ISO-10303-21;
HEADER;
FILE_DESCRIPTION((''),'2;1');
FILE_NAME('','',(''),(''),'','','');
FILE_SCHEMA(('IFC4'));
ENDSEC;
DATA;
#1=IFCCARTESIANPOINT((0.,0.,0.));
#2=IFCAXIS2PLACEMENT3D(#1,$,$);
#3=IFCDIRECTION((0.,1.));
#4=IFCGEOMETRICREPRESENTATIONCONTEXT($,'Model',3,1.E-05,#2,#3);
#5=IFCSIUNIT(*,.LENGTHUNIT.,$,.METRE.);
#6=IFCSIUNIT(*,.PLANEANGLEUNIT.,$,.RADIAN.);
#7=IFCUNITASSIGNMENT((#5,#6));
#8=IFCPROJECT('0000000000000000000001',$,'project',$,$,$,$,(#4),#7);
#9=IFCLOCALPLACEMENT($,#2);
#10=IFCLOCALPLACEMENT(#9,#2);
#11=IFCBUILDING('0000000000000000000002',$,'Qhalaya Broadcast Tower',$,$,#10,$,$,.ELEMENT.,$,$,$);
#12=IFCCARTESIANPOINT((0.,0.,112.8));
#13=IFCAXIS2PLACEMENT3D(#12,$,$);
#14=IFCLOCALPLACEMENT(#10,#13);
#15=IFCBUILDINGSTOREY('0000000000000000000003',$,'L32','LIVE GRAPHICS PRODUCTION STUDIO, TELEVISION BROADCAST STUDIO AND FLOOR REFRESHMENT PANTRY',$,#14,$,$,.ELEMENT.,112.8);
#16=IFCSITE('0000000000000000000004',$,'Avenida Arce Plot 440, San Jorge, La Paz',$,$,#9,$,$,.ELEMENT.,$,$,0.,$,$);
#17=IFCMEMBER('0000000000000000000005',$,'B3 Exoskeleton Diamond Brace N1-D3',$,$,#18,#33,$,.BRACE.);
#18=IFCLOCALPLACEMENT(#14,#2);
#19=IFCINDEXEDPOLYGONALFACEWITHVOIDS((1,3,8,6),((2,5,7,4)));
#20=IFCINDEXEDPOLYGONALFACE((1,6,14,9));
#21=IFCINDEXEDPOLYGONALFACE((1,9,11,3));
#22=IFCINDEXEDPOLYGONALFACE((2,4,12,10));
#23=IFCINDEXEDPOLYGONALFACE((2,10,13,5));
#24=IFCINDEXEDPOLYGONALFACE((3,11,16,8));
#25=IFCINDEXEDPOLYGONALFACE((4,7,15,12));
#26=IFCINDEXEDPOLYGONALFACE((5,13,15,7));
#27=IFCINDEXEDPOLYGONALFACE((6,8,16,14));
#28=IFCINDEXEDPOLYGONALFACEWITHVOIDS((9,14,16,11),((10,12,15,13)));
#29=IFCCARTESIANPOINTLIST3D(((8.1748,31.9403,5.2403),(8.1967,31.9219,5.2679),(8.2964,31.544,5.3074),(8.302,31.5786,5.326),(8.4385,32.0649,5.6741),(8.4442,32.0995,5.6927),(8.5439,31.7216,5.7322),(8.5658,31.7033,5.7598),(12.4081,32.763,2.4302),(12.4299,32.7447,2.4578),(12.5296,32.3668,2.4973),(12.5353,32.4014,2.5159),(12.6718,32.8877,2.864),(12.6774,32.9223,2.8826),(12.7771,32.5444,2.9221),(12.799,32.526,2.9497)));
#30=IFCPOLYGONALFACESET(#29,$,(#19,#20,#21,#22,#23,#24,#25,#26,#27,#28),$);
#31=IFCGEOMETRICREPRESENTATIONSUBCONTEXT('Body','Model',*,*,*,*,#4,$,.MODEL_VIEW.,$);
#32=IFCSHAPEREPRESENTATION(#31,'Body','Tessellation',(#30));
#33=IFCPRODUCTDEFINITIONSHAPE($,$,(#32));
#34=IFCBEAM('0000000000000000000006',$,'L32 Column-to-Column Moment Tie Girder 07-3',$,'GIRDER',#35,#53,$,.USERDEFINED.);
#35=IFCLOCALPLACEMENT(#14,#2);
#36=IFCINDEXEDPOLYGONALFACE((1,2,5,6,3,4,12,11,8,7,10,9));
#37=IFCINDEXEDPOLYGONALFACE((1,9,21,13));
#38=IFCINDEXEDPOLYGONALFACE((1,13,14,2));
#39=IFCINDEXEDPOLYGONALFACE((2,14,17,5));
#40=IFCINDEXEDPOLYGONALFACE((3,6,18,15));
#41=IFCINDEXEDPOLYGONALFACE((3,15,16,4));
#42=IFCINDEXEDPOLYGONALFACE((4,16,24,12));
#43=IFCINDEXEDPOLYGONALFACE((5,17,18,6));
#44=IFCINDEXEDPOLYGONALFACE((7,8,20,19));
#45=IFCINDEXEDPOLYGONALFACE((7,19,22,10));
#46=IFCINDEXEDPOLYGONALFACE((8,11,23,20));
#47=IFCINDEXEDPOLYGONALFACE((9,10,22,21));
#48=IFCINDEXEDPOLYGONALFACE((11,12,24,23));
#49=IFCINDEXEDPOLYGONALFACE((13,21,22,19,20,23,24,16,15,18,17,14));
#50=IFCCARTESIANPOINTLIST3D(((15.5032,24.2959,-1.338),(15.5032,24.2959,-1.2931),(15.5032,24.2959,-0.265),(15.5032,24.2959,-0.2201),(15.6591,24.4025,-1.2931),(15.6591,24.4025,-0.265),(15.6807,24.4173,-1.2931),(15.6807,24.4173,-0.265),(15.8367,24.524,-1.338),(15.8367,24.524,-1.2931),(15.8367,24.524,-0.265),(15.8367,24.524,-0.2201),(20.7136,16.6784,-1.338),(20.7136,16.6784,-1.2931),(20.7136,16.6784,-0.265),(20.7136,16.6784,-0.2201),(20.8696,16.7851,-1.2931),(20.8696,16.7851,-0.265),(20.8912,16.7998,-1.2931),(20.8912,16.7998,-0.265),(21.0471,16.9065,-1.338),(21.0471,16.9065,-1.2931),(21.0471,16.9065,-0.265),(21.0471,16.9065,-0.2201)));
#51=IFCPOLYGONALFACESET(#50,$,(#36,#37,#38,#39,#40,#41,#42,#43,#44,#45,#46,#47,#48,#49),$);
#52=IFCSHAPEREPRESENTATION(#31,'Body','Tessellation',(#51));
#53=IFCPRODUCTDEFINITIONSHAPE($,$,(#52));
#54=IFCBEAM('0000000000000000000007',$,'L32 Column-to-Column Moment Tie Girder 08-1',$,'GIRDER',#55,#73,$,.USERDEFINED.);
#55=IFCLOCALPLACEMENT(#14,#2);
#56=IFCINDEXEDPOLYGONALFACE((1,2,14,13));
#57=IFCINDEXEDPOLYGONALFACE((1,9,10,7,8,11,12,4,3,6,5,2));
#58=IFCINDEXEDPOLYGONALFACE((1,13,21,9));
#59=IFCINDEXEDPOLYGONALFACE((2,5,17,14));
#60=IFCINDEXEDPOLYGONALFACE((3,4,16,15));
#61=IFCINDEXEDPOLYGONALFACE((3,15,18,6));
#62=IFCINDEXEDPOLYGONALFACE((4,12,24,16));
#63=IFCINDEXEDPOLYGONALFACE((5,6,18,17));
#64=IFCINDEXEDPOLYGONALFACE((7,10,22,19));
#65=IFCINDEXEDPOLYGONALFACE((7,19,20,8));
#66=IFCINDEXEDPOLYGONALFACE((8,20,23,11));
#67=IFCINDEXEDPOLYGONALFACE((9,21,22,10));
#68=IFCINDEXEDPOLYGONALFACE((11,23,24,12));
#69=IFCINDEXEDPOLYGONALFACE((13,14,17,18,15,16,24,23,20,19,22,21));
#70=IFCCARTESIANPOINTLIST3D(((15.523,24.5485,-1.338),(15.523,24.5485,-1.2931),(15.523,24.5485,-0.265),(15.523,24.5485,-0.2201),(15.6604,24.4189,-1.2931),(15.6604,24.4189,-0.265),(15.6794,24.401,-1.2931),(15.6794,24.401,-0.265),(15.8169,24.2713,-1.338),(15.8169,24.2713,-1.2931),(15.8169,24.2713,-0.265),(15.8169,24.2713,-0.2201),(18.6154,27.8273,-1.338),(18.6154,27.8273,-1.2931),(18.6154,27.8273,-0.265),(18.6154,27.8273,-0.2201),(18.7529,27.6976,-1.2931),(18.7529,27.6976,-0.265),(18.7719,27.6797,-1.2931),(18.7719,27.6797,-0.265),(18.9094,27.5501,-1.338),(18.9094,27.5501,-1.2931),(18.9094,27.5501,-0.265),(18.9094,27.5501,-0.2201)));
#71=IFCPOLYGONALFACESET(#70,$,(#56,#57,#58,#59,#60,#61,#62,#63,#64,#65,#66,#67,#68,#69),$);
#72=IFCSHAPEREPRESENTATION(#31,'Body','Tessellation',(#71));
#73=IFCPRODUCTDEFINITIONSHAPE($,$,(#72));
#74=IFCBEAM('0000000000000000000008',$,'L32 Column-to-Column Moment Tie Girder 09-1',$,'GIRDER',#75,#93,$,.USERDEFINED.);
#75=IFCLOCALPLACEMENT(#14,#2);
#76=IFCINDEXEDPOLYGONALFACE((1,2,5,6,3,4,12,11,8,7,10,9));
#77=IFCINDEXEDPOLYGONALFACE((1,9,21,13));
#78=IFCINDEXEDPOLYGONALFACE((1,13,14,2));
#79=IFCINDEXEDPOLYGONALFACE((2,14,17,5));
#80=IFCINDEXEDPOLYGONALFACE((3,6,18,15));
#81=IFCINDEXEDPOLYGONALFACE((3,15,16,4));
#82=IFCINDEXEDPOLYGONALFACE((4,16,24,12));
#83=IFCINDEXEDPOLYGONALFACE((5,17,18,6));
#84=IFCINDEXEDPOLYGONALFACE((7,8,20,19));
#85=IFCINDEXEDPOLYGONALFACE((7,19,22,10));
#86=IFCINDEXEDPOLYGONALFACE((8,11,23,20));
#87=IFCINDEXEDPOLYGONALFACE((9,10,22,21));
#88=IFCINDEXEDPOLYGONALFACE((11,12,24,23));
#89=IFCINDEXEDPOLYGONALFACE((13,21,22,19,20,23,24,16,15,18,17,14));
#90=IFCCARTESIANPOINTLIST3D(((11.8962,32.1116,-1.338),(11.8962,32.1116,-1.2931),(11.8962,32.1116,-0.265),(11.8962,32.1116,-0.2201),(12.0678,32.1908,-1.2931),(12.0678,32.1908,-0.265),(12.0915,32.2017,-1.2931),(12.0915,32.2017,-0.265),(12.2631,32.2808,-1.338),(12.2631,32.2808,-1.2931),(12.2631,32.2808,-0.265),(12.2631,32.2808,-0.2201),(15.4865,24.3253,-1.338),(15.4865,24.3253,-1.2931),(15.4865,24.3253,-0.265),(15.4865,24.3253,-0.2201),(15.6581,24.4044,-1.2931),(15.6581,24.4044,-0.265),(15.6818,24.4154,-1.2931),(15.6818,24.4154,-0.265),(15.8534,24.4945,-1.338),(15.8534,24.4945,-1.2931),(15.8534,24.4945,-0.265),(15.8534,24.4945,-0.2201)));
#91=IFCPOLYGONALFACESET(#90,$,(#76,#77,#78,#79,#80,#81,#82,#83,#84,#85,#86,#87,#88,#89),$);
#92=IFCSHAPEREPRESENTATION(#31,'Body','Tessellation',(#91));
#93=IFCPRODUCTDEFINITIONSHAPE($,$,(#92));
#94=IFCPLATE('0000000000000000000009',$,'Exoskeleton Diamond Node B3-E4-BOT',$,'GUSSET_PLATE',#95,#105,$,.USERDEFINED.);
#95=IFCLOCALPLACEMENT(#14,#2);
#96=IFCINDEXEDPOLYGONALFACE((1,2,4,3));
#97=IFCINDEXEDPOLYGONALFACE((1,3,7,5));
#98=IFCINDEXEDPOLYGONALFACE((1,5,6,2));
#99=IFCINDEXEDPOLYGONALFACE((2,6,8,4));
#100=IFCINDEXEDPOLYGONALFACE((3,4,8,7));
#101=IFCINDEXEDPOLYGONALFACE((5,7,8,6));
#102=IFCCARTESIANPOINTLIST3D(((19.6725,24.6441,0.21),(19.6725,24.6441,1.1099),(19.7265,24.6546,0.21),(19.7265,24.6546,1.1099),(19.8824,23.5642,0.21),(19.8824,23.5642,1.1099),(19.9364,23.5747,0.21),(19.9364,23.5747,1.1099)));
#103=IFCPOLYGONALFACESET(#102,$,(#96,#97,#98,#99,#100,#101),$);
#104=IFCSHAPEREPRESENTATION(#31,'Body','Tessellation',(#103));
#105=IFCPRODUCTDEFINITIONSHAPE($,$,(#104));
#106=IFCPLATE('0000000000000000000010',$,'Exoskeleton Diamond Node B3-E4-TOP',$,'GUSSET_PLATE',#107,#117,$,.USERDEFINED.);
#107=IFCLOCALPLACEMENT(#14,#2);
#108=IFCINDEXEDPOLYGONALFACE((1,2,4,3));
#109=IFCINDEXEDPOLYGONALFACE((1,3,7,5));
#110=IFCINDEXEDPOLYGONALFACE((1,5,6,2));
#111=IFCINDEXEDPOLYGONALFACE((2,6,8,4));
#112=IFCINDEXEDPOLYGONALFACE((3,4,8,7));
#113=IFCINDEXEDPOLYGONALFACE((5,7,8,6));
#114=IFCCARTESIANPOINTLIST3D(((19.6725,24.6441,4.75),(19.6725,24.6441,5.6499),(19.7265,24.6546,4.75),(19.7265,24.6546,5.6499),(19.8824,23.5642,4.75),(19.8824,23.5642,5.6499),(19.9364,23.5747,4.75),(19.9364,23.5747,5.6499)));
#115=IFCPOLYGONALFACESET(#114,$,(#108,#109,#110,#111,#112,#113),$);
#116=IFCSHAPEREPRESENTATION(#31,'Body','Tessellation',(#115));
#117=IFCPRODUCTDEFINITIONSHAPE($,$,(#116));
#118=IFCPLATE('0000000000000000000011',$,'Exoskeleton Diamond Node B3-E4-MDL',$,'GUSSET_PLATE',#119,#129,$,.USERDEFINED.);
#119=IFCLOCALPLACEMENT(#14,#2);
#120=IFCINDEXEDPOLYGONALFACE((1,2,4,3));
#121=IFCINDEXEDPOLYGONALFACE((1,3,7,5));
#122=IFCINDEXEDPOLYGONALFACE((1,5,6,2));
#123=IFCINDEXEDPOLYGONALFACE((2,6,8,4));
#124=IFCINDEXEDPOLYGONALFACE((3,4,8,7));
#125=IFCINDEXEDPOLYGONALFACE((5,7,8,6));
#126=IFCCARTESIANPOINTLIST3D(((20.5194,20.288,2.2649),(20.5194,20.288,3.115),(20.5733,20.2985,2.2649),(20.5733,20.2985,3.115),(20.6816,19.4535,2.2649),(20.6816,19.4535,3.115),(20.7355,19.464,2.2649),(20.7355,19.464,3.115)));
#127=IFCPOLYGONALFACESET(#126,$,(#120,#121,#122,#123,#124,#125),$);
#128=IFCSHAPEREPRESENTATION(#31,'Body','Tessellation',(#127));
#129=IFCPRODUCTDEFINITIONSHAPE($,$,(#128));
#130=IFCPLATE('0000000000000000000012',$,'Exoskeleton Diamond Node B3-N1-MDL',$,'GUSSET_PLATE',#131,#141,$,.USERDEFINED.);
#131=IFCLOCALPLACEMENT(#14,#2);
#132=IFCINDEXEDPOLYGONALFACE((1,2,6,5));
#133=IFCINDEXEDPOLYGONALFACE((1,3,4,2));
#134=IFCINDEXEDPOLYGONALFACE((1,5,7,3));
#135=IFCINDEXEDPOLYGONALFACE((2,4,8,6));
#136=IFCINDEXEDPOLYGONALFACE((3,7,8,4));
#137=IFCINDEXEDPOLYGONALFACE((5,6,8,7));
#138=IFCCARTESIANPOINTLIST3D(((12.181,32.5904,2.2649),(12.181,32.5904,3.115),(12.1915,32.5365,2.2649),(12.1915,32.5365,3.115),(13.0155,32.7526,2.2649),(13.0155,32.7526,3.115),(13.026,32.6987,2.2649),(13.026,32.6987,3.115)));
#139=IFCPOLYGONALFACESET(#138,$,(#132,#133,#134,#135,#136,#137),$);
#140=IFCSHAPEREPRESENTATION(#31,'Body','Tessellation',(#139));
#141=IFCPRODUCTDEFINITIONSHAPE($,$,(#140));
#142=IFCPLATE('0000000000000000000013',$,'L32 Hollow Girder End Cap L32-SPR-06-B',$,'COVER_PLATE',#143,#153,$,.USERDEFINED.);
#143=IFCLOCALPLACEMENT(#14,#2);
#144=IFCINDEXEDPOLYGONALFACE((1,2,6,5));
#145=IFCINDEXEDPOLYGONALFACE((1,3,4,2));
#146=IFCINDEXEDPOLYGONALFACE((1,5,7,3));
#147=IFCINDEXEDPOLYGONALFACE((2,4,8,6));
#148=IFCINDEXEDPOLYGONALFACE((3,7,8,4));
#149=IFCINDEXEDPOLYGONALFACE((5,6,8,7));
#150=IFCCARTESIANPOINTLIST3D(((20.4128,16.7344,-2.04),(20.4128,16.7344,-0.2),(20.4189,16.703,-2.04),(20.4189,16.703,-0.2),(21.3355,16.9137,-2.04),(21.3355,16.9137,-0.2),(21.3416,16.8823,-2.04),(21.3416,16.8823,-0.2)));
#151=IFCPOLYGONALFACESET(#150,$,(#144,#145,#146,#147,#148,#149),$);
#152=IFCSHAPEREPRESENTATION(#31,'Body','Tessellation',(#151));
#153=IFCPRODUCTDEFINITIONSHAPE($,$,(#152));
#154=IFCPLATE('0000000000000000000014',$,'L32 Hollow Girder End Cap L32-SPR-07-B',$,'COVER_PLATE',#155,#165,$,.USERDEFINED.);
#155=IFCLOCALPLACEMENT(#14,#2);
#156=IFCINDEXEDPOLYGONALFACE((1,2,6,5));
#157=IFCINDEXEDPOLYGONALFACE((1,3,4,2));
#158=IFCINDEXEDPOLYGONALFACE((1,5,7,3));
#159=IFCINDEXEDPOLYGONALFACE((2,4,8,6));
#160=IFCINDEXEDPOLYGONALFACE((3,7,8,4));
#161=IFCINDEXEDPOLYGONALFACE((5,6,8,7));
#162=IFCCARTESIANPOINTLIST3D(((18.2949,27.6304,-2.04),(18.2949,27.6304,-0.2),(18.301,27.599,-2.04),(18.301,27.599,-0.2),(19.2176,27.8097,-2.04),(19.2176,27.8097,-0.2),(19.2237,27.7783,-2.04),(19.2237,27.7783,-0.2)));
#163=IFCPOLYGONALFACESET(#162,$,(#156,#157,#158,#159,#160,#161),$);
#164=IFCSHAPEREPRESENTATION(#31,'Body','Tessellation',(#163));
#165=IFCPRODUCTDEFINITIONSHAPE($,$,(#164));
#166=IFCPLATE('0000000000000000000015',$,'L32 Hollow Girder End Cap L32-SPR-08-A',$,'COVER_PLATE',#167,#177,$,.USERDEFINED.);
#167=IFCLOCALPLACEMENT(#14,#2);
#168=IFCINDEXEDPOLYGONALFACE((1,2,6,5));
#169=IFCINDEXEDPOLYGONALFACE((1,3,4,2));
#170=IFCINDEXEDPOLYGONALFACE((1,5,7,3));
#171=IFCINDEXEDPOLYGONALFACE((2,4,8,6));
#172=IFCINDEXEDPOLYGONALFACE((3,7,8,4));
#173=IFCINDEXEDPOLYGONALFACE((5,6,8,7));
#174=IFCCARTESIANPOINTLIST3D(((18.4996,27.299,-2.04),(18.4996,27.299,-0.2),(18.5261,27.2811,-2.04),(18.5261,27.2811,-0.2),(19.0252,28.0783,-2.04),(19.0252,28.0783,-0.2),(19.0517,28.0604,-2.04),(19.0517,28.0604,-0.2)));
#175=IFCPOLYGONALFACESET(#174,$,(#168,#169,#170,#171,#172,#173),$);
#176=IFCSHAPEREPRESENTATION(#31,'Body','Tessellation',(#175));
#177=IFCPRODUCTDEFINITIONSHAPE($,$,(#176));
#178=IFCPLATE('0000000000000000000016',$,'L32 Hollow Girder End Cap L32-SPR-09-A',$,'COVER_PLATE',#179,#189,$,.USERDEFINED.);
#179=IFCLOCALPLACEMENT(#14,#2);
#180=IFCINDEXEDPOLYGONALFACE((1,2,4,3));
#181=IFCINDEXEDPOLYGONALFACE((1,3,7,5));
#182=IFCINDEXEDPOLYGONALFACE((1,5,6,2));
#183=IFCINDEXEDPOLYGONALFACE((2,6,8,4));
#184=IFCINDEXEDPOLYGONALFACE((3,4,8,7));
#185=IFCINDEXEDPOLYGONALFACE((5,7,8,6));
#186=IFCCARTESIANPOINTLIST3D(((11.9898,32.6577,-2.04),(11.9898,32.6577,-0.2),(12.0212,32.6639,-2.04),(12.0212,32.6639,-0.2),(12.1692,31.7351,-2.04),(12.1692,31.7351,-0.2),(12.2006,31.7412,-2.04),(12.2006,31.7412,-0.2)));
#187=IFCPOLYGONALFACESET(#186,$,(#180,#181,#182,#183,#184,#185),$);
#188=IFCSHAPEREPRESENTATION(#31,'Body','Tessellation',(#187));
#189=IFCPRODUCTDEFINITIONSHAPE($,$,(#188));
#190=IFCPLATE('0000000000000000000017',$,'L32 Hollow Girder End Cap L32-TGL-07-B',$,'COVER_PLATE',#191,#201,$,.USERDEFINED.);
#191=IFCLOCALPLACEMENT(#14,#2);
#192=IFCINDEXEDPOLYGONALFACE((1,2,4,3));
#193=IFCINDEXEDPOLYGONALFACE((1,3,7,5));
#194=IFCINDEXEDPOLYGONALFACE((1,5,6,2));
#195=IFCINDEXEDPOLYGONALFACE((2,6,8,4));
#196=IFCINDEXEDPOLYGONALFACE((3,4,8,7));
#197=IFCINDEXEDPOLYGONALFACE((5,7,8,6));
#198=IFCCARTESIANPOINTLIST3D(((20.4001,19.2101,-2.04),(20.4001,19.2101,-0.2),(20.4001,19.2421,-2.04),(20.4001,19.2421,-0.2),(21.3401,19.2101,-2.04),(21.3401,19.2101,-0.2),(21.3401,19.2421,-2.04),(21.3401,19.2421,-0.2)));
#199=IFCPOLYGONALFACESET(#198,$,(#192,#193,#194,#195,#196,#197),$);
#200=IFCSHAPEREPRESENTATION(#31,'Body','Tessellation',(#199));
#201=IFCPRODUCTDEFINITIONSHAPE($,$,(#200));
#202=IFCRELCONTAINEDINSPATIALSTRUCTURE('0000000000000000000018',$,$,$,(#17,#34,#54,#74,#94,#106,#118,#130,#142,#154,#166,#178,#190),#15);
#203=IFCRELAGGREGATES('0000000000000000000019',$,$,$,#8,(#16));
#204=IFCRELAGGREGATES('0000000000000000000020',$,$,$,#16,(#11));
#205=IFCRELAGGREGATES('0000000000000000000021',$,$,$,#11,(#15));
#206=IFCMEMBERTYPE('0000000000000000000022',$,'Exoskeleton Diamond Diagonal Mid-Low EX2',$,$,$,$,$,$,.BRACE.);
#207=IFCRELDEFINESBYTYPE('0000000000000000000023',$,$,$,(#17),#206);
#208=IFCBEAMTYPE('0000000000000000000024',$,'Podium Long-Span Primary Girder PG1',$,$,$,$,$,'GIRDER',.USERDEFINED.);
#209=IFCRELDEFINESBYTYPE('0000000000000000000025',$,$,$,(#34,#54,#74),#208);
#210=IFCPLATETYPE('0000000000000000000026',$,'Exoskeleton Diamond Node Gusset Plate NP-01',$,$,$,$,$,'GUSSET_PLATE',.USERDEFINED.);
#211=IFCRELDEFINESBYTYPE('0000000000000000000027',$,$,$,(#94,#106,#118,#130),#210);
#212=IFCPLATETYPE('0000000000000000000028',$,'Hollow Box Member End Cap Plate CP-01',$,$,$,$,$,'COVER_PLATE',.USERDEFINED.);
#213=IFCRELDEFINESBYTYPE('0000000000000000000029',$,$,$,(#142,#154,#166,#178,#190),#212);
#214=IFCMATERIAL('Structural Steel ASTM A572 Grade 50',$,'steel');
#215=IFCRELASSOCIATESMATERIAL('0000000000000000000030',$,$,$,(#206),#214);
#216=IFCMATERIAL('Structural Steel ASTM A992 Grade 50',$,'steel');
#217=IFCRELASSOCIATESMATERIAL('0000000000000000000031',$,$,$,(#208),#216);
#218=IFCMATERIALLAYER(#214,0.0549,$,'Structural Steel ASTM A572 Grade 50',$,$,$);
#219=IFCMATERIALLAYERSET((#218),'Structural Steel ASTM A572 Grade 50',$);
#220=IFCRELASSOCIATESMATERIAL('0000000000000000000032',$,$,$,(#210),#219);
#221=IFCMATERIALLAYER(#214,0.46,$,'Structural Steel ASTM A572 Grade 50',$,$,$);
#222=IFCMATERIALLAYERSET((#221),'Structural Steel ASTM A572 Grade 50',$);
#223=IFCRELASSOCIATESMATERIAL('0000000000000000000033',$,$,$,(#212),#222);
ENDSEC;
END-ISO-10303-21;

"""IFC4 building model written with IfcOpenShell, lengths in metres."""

from ifc_helpers import new_model, si_unit, direction, frame, origin, origin_2d, place, context, subcontext, project, spatial, rectangle, hollow_rectangle, i_section, extrude, material, layer, layer_set, material_profile, profile_set, type_object, element, save


model = new_model("IFC4")

# Units and contexts
model_context = context("Model", 3, precision=1e-05, world=origin(), true_north=direction((0.0, 1.0)))
body_context = subcontext(model_context, "Body", "Model", "MODEL_VIEW")
ifc_project = project(units=[si_unit("LENGTHUNIT", "METRE"), si_unit("PLANEANGLEUNIT", "RADIAN")], contexts=[model_context])

# Site, building, storey
site_placement = place(None, origin())
site = spatial("IfcSite", under=ifc_project, at=site_placement, Name="Avenida Arce Plot 440, San Jorge, La Paz", CompositionType="ELEMENT", RefElevation=0.0)
building_placement = place(site_placement, origin())
building = spatial("IfcBuilding", under=site, at=building_placement, Name="Qhalaya Broadcast Tower", CompositionType="ELEMENT")
storey_placement = place(building_placement, frame((0.0, 0.0, 112.8)))
storey = spatial("IfcBuildingStorey", under=building, at=storey_placement, Name="L32", Description="LIVE GRAPHICS PRODUCTION STUDIO, TELEVISION BROADCAST STUDIO AND FLOOR REFRESHMENT PANTRY", CompositionType="ELEMENT", Elevation=112.8)

# Shared definitions
ifc_material_1 = material(Name="Structural Steel ASTM A572 Grade 50", Category="steel")

# Member
ifc_material_profile_1 = material_profile(ifc_material_1, hollow_rectangle(XDim=0.4199, YDim=0.55, WallThickness=0.0281, at=origin_2d()), Name="BOX 420x550x28")
ifc_profile_set_1 = profile_set([ifc_material_profile_1], Name="Structural Steel ASTM A572 Grade 50")
member_type = type_object("IfcMemberType", Name="Exoskeleton Diamond Diagonal Mid-Low EX2", PredefinedType="BRACE", material=ifc_profile_set_1)
for number, where, z_axis, x_axis, name in (
    (1, (12.6035, 32.6445, 2.6899), (-0.82243, -0.159847, 0.545947), (0.289542, -0.943721, 0.159864), "B3 Exoskeleton Diamond Brace N1-D3"),
):
    element("IfcMember", number, at=place(storey_placement, frame(where, z_axis=z_axis, x_axis=x_axis)), inside=storey, type_object=member_type, Name=name, PredefinedType="BRACE", context=body_context, shape_type="SweptSolid", body=[
        extrude(hollow_rectangle(XDim=0.4199, YDim=0.55, WallThickness=0.0281, at=origin_2d()), origin(), (0.0, 0.0, 1.0), 5.1472),
    ])

# Beams
ifc_material_2 = material(Name="Structural Steel ASTM A992 Grade 50", Category="steel")
ifc_material_profile_2 = material_profile(ifc_material_2, i_section(OverallWidth=0.4041, OverallDepth=1.1179, WebThickness=0.0261, FlangeThickness=0.0449, at=origin_2d()), Name="W44X335")
ifc_profile_set_2 = profile_set([ifc_material_profile_2], Name="Structural Steel ASTM A992 Grade 50")
beam_type_1 = type_object("IfcBeamType", Name="Podium Long-Span Primary Girder PG1", ElementType="GIRDER", PredefinedType="USERDEFINED", material=ifc_profile_set_2)
beam_1_placement = place(storey_placement, frame((15.6699, 24.4099, -0.7791), z_axis=(0.564575, -0.825382, 0.0), x_axis=(0.825382, 0.564575, 0.0)))
element("IfcBeam", 2, at=beam_1_placement, inside=storey, type_object=beam_type_1, Name="L32 Column-to-Column Moment Tie Girder 07-3", ObjectType="GIRDER", PredefinedType="USERDEFINED", context=body_context, shape_type="SweptSolid", body=[
    extrude(i_section(OverallWidth=0.4041, OverallDepth=1.1179, WebThickness=0.0261, FlangeThickness=0.0449, at=origin_2d()), origin(), (0.0, 0.0, 1.0), 9.229),
])
beam_2_placement = place(storey_placement, frame((15.6699, 24.4099, -0.7791), z_axis=(0.68614, 0.72747, 0.0), x_axis=(-0.72747, 0.68614, 0.0)))
element("IfcBeam", 3, at=beam_2_placement, inside=storey, type_object=beam_type_1, Name="L32 Column-to-Column Moment Tie Girder 08-1", ObjectType="GIRDER", PredefinedType="USERDEFINED", context=body_context, shape_type="SweptSolid", body=[
    extrude(i_section(OverallWidth=0.4041, OverallDepth=1.1179, WebThickness=0.0261, FlangeThickness=0.0449, at=origin_2d()), origin(), (0.0, 0.0, 1.0), 4.5071),
])
beam_3_placement = place(storey_placement, frame((15.6699, 24.4099, -0.7791), z_axis=(-0.418733, 0.908109, 0.0), x_axis=(-0.908109, -0.418733, 0.0)))
element("IfcBeam", 4, at=beam_3_placement, inside=storey, type_object=beam_type_1, Name="L32 Column-to-Column Moment Tie Girder 09-1", ObjectType="GIRDER", PredefinedType="USERDEFINED", context=body_context, shape_type="SweptSolid", body=[
    extrude(i_section(OverallWidth=0.4041, OverallDepth=1.1179, WebThickness=0.0261, FlangeThickness=0.0449, at=origin_2d()), origin(), (0.0, 0.0, 1.0), 8.5742),
])

# Plates
ifc_layer_1 = layer(ifc_material_1, 0.0549, Name="Structural Steel ASTM A572 Grade 50")
ifc_layer_set_1 = layer_set([ifc_layer_1], Name="Structural Steel ASTM A572 Grade 50")
plate_type_1 = type_object("IfcPlateType", Name="Exoskeleton Diamond Node Gusset Plate NP-01", ElementType="GUSSET_PLATE", PredefinedType="USERDEFINED", material=ifc_layer_set_1)
for number, where, z_axis, x_axis, name in (
    (5, (19.8044, 24.1094, 0.21), (0.0, 0.0, 1.0), (-0.190809, 0.981627, 0.0), "Exoskeleton Diamond Node B3-E4-BOT"),
    (6, (19.8044, 24.1094, 4.75), (0.0, 0.0, 1.0), (-0.190809, 0.981627, 0.0), "Exoskeleton Diamond Node B3-E4-TOP"),
):
    element("IfcPlate", number, at=place(storey_placement, frame(where, z_axis=z_axis, x_axis=x_axis)), inside=storey, type_object=plate_type_1, Name=name, ObjectType="GUSSET_PLATE", PredefinedType="USERDEFINED", context=body_context, shape_type="SweptSolid", body=[
        extrude(rectangle(XDim=1.1001, YDim=0.0549, at=origin_2d()), origin(), (0.0, 0.0, 1.0), 0.8999),
    ])
for number, where, z_axis, x_axis, name in (
    (7, (20.6274, 19.876, 2.2649), (0.0, 0.0, 1.0), (-0.190809, 0.981627, 0.0), "Exoskeleton Diamond Node B3-E4-MDL"),
    (8, (12.6035, 32.6445, 2.2649), (0.0, 0.0, 1.0), (0.981627, 0.190809, 0.0), "Exoskeleton Diamond Node B3-N1-MDL"),
):
    element("IfcPlate", number, at=place(storey_placement, frame(where, z_axis=z_axis, x_axis=x_axis)), inside=storey, type_object=plate_type_1, Name=name, ObjectType="GUSSET_PLATE", PredefinedType="USERDEFINED", context=body_context, shape_type="SweptSolid", body=[
        extrude(rectangle(XDim=0.8501, YDim=0.0549, at=origin_2d()), origin(), (0.0, 0.0, 1.0), 0.8501),
    ])
ifc_layer_2 = layer(ifc_material_1, 0.46, Name="Structural Steel ASTM A572 Grade 50")
ifc_layer_set_2 = layer_set([ifc_layer_2], Name="Structural Steel ASTM A572 Grade 50")
plate_type_2 = type_object("IfcPlateType", Name="Hollow Box Member End Cap Plate CP-01", ElementType="COVER_PLATE", PredefinedType="USERDEFINED", material=ifc_layer_set_2)
for number, where, z_axis, x_axis, name in (
    (9, (20.8772, 16.8083, -2.04), (0.0, 0.0, 1.0), (-0.981627, -0.190809, 0.0), "L32 Hollow Girder End Cap L32-SPR-06-B"),
    (10, (18.7593, 27.7043, -2.04), (0.0, 0.0, 1.0), (-0.981627, -0.190809, 0.0), "L32 Hollow Girder End Cap L32-SPR-07-B"),
    (11, (18.7756, 27.6797, -2.04), (0.0, 0.0, 1.0), (-0.559193, -0.829038, 0.0), "L32 Hollow Girder End Cap L32-SPR-08-A"),
    (12, (12.0952, 32.1995, -2.04), (0.0, 0.0, 1.0), (0.190809, -0.981627, 0.0), "L32 Hollow Girder End Cap L32-SPR-09-A"),
    (13, (20.8701, 19.2261, -2.04), (0.0, 0.0, 1.0), (-1.0, 0.0, 0.0), "L32 Hollow Girder End Cap L32-TGL-07-B"),
):
    element("IfcPlate", number, at=place(storey_placement, frame(where, z_axis=z_axis, x_axis=x_axis)), inside=storey, type_object=plate_type_2, Name=name, ObjectType="COVER_PLATE", PredefinedType="USERDEFINED", context=body_context, shape_type="SweptSolid", body=[
        extrude(rectangle(XDim=0.9399, YDim=0.032, at=origin_2d()), origin(), (0.0, 0.0, 1.0), 1.8401),
    ])

save(model, "model.ifc")
